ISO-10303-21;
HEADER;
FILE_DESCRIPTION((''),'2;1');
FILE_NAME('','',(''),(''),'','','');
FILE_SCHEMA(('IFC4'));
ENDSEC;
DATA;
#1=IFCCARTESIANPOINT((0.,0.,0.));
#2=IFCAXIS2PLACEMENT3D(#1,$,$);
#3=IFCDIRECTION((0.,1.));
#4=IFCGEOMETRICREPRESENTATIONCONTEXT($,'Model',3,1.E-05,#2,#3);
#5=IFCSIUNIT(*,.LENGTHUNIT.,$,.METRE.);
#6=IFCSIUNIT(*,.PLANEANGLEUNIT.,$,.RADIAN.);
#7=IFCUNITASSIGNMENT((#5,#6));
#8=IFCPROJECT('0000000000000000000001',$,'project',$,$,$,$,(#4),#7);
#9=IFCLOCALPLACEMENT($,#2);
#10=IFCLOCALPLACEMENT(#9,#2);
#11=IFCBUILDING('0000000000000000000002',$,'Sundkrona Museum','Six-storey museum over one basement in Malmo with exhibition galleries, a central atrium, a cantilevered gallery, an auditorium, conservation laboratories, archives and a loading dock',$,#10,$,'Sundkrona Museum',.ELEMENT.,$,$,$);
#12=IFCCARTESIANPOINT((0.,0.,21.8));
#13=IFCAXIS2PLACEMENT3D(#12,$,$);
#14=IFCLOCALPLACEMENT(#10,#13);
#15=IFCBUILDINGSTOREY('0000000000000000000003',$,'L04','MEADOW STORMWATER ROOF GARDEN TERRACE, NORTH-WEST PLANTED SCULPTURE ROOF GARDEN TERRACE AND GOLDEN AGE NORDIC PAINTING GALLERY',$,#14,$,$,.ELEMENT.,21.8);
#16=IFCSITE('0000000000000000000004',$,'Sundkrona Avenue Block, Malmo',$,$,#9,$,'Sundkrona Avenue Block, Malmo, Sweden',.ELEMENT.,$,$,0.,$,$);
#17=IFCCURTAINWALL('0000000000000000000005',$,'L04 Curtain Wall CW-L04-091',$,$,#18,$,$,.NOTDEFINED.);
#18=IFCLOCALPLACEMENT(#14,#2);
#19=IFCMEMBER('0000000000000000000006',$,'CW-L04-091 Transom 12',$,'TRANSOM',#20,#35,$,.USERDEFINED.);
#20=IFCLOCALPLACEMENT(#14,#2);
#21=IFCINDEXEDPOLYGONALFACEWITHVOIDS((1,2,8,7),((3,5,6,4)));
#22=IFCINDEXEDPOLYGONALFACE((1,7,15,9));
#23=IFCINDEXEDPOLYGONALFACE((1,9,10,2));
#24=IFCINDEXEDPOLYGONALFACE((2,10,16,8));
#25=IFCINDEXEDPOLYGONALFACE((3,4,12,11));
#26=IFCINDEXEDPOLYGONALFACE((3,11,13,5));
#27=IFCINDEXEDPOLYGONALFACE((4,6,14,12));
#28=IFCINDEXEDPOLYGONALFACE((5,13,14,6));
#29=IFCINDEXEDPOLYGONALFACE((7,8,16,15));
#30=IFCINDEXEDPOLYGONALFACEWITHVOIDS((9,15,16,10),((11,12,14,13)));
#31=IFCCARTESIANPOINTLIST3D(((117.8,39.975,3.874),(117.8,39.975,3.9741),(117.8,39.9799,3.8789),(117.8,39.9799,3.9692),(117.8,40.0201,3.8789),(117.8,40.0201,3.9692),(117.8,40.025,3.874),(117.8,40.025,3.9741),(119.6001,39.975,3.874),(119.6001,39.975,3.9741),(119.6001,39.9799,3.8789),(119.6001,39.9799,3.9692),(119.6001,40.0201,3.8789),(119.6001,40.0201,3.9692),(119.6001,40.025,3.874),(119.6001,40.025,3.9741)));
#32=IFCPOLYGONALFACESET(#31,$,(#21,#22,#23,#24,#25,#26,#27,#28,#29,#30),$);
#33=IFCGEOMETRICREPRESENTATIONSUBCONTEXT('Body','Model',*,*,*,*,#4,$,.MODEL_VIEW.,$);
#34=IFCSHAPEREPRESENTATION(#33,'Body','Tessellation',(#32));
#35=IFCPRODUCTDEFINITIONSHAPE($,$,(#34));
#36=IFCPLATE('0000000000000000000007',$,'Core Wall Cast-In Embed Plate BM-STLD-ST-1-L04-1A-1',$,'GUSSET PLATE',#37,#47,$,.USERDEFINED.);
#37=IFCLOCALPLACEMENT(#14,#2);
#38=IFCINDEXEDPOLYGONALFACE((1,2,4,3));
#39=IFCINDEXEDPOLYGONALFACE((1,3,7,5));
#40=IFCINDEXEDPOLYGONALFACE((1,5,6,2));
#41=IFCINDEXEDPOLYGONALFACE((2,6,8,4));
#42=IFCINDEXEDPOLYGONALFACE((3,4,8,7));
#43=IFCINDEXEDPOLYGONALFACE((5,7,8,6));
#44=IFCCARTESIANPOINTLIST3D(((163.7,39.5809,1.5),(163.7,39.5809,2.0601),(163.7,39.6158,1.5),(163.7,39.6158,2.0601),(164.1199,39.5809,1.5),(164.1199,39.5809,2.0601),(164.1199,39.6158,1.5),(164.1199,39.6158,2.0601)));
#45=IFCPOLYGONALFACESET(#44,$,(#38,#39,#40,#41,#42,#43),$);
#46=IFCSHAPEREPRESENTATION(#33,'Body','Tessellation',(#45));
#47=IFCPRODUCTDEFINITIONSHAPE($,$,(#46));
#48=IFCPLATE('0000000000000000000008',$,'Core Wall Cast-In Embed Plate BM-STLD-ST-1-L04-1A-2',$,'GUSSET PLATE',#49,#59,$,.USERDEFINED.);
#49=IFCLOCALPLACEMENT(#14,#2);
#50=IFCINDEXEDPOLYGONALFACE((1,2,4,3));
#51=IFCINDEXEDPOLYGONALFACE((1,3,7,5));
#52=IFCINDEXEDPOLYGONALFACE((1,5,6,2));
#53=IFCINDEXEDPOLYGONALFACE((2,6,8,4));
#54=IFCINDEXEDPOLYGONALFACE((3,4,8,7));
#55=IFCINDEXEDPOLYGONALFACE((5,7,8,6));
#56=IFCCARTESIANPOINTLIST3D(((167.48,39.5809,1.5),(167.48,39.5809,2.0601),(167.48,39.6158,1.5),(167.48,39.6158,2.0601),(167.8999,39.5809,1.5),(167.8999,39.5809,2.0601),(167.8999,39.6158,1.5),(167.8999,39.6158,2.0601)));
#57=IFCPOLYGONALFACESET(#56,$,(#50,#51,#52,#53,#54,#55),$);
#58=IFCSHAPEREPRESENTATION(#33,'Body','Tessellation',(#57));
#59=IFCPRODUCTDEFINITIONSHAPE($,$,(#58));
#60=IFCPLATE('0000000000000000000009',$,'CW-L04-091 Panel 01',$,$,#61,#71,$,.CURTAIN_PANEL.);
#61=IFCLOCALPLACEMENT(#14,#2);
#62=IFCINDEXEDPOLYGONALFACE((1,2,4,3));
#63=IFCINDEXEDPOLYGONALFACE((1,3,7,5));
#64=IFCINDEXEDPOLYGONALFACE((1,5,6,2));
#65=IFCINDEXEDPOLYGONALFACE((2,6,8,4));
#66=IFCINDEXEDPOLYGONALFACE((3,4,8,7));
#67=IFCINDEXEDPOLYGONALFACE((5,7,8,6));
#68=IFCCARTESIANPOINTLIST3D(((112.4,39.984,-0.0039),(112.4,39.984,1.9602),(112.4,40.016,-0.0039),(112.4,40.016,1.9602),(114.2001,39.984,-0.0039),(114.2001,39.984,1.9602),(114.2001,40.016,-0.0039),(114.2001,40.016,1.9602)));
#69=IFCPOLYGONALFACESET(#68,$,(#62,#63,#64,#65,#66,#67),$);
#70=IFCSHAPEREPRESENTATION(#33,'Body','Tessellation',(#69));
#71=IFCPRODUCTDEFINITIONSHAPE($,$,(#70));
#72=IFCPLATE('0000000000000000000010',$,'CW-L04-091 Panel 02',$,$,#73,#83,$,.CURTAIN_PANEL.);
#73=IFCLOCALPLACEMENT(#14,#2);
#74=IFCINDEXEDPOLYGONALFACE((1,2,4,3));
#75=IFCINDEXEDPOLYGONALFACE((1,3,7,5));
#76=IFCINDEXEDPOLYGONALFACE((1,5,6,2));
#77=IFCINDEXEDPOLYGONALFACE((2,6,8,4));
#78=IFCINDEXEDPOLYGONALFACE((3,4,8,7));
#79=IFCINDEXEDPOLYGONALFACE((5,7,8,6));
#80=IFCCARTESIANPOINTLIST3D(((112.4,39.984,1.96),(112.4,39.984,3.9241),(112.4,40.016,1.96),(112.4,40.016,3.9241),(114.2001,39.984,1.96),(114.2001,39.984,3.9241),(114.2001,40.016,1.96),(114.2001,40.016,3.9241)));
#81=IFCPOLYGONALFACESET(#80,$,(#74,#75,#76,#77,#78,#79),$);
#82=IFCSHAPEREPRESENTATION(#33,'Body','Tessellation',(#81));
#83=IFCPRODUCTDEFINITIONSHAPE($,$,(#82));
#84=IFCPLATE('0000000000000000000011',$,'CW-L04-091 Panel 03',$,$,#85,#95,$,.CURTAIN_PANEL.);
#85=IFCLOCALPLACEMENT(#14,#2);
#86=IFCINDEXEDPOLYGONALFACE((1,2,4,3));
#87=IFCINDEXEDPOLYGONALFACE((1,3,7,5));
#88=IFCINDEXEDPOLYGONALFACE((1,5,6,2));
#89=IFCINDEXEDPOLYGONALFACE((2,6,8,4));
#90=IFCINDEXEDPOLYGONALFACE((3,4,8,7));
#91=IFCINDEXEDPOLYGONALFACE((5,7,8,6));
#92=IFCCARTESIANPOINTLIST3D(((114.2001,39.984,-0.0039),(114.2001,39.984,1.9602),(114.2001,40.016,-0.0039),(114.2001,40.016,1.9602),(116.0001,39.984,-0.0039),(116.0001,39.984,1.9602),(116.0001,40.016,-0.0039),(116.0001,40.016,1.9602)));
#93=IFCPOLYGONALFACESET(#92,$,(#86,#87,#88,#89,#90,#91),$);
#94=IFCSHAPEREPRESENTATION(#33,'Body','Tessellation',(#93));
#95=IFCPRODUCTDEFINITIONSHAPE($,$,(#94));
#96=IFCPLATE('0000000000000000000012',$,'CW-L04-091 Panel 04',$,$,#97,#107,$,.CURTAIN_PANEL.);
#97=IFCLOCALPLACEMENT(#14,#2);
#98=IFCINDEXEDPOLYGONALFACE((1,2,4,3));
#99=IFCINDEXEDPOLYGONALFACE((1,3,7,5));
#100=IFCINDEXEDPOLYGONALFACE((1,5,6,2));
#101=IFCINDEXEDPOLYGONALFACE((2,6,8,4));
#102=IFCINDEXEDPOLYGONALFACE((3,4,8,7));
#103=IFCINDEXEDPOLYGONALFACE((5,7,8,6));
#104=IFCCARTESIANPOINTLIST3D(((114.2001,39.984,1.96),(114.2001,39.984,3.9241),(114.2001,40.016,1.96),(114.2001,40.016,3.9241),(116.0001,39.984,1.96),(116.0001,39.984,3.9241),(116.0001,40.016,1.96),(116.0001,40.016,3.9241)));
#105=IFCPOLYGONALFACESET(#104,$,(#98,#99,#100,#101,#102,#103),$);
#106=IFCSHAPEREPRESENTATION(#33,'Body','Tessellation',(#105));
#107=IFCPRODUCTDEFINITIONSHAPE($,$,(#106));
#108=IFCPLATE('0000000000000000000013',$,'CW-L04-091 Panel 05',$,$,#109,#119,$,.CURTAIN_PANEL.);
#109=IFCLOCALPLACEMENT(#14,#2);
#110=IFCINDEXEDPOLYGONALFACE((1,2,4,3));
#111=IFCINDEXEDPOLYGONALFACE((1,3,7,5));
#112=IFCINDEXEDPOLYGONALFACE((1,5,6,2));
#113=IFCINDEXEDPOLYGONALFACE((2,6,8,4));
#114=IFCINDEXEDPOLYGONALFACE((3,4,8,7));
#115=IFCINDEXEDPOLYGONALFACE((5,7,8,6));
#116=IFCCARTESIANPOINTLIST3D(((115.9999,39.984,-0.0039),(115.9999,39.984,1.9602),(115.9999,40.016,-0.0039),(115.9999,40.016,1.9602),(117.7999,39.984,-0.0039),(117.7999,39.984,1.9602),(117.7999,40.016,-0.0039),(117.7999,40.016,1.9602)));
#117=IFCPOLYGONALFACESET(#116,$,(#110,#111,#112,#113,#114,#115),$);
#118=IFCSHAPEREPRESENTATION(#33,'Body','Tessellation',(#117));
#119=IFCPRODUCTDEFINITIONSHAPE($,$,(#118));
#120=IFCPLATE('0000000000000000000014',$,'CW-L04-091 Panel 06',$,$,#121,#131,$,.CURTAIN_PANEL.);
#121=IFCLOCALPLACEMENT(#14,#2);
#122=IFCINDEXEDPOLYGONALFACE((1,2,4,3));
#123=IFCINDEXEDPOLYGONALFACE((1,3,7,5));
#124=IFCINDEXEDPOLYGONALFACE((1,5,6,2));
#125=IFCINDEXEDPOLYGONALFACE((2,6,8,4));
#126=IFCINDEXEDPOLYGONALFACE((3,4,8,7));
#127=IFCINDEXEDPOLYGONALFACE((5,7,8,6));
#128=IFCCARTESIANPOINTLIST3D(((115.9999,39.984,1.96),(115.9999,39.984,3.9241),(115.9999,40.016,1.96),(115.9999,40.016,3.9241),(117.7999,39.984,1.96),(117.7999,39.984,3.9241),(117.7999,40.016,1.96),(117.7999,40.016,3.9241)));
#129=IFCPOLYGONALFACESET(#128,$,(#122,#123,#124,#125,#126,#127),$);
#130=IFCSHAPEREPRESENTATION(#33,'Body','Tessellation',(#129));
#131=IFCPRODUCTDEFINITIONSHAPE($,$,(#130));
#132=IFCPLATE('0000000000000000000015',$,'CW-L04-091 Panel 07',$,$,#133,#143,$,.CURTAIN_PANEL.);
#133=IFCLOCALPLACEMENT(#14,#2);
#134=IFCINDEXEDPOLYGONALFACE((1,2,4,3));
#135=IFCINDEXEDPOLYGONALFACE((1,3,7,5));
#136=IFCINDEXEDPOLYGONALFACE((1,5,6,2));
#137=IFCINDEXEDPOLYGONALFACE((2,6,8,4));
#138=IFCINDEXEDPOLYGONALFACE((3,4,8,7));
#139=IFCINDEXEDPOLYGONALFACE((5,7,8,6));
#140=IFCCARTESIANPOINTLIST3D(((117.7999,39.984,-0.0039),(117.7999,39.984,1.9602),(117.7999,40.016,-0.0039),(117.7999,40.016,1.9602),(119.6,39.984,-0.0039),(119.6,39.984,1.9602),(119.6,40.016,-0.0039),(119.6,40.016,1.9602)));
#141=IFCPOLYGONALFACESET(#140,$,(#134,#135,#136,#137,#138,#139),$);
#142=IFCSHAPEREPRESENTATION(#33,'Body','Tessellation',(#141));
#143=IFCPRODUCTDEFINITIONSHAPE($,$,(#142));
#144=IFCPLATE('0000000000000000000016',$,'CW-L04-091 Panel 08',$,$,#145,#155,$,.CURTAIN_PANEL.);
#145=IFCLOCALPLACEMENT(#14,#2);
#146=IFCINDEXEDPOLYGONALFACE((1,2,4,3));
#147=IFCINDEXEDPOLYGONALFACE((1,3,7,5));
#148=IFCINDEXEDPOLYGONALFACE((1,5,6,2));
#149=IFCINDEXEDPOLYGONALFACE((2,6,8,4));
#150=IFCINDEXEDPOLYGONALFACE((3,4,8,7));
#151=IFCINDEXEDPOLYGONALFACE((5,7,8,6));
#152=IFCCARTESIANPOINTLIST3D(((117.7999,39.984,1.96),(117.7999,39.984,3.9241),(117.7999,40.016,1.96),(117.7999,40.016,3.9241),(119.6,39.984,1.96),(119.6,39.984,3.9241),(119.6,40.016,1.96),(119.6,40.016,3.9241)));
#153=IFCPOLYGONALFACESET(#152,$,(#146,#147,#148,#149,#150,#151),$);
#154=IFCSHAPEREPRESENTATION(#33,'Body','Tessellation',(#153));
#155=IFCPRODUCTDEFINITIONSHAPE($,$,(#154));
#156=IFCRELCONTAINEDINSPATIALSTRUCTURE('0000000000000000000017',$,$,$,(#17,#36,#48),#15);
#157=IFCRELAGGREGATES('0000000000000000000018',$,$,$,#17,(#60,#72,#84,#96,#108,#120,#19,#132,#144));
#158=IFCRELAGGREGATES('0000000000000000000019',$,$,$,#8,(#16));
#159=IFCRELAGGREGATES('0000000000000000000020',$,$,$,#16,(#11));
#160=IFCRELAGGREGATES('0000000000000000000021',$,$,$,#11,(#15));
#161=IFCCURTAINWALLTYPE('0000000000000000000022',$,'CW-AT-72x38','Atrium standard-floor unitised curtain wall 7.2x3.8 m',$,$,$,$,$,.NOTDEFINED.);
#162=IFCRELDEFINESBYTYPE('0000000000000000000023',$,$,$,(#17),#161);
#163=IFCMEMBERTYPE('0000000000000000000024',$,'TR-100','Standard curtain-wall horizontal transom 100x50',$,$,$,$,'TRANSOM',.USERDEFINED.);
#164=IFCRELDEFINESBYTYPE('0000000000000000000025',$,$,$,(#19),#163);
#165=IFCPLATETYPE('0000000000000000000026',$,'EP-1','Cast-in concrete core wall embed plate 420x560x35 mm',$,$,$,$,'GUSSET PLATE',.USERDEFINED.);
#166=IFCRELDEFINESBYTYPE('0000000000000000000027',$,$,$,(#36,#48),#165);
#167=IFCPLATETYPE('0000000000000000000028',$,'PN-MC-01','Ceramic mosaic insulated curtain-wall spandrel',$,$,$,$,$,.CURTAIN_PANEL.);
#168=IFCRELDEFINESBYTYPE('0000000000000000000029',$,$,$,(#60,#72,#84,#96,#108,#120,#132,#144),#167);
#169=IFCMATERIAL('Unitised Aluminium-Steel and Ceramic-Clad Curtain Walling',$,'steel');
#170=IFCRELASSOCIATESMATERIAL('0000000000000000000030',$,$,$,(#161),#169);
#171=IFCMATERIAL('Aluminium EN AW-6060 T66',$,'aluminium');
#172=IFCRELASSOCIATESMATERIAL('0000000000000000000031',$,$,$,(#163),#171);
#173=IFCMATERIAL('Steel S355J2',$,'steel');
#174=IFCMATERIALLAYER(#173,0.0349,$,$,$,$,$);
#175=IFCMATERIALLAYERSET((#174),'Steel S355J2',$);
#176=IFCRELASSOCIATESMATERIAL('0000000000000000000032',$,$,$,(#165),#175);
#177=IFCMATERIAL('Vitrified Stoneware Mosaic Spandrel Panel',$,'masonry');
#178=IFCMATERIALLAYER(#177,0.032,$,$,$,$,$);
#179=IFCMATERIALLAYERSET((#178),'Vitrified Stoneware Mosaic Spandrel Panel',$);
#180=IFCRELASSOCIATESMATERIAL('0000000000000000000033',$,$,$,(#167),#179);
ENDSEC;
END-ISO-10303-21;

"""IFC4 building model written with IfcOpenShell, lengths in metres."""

from ifc_helpers import new_model, si_unit, direction, frame, origin, origin_2d, place, context, subcontext, project, spatial, rectangle, hollow_rectangle, extrude, material, layer, layer_set, material_profile, profile_set, type_object, element, aggregate, save


model = new_model("IFC4")

# Units and contexts
model_context = context("Model", 3, precision=1e-05, world=origin(), true_north=direction((0.0, 1.0)))
body_context = subcontext(model_context, "Body", "Model", "MODEL_VIEW")
ifc_project = project(units=[si_unit("LENGTHUNIT", "METRE"), si_unit("PLANEANGLEUNIT", "RADIAN")], contexts=[model_context])

# Site, building, storey
site_placement = place(None, origin())
site = spatial("IfcSite", under=ifc_project, at=site_placement, Name="Sundkrona Avenue Block, Malmo", LongName="Sundkrona Avenue Block, Malmo, Sweden", CompositionType="ELEMENT", RefElevation=0.0)
building_placement = place(site_placement, origin())
building = spatial("IfcBuilding", under=site, at=building_placement, Name="Sundkrona Museum", Description="Six-storey museum over one basement in Malmo with exhibition galleries, a central atrium, a cantilevered gallery, an auditorium, conservation laboratories, archives and a loading dock", LongName="Sundkrona Museum", CompositionType="ELEMENT")
storey_placement = place(building_placement, frame((0.0, 0.0, 21.8)))
storey = spatial("IfcBuildingStorey", under=building, at=storey_placement, Name="L04", Description="MEADOW STORMWATER ROOF GARDEN TERRACE, NORTH-WEST PLANTED SCULPTURE ROOF GARDEN TERRACE AND GOLDEN AGE NORDIC PAINTING GALLERY", CompositionType="ELEMENT", Elevation=21.8)

# Shared definitions
ifc_material_1 = material(Name="Steel S355J2", Category="steel")

# Curtain wall
ifc_material_2 = material(Name="Unitised Aluminium-Steel and Ceramic-Clad Curtain Walling", Category="steel")
curtain_wall_type = type_object("IfcCurtainWallType", Name="CW-AT-72x38", Description="Atrium standard-floor unitised curtain wall 7.2x3.8 m", PredefinedType="NOTDEFINED", material=ifc_material_2)
curtain_wall_placement = place(storey_placement, origin())
curtain_wall = element("IfcCurtainWall", 1, at=curtain_wall_placement, inside=storey, type_object=curtain_wall_type, Name="L04 Curtain Wall CW-L04-091", PredefinedType="NOTDEFINED")
ifc_material_3 = material(Name="Aluminium EN AW-6060 T66", Category="aluminium")

# Member
ifc_material_profile_1 = material_profile(ifc_material_3, hollow_rectangle(XDim=0.05, YDim=0.1001, WallThickness=0.0049, at=origin_2d()), Name="RHS 100x50x5.0")
ifc_profile_set_1 = profile_set([ifc_material_profile_1], Name="Aluminium EN AW-6060 T66")
member_type_1 = type_object("IfcMemberType", Name="TR-100", Description="Standard curtain-wall horizontal transom 100x50", ElementType="TRANSOM", PredefinedType="USERDEFINED", material=ifc_profile_set_1)
member_1_placement = place(storey_placement, frame((117.8, 40.0, 3.9241), z_axis=(1.0, 0.0, 0.0), x_axis=(0.0, 1.0, 0.0)))
member_1 = element("IfcMember", 2, at=member_1_placement, type_object=member_type_1, Name="CW-L04-091 Transom 12", ObjectType="TRANSOM", PredefinedType="USERDEFINED", context=body_context, shape_type="SweptSolid", body=[
    extrude(hollow_rectangle(XDim=0.05, YDim=0.1001, WallThickness=0.0049, at=origin_2d()), origin(), (0.0, 0.0, 1.0), 1.8),
])

# Plates
ifc_layer_1 = layer(ifc_material_1, 0.0349)
ifc_layer_set_1 = layer_set([ifc_layer_1], Name="Steel S355J2")
plate_type_1 = type_object("IfcPlateType", Name="EP-1", Description="Cast-in concrete core wall embed plate 420x560x35 mm", ElementType="GUSSET PLATE", PredefinedType="USERDEFINED", material=ifc_layer_set_1)
for number, where, z_axis, x_axis, name in (
    (3, (163.9099, 39.5984, 1.5), (0.0, 0.0, 1.0), (1.0, 0.0, 0.0), "Core Wall Cast-In Embed Plate BM-STLD-ST-1-L04-1A-1"),
    (4, (167.6899, 39.5984, 1.5), (0.0, 0.0, 1.0), (1.0, 0.0, 0.0), "Core Wall Cast-In Embed Plate BM-STLD-ST-1-L04-1A-2"),
):
    element("IfcPlate", number, at=place(storey_placement, frame(where, z_axis=z_axis, x_axis=x_axis)), inside=storey, type_object=plate_type_1, Name=name, ObjectType="GUSSET PLATE", PredefinedType="USERDEFINED", context=body_context, shape_type="SweptSolid", body=[
        extrude(rectangle(XDim=0.4199, YDim=0.0349, at=origin_2d()), origin(), (0.0, 0.0, 1.0), 0.5601),
    ])

# Plates
ifc_material_4 = material(Name="Vitrified Stoneware Mosaic Spandrel Panel", Category="masonry")
ifc_layer_2 = layer(ifc_material_4, 0.032)
ifc_layer_set_2 = layer_set([ifc_layer_2], Name="Vitrified Stoneware Mosaic Spandrel Panel")
plate_type_2 = type_object("IfcPlateType", Name="PN-MC-01", Description="Ceramic mosaic insulated curtain-wall spandrel", PredefinedType="CURTAIN_PANEL", material=ifc_layer_set_2)
plate_1_placement = place(storey_placement, frame((113.3, 40.0, -0.0039), z_axis=(0.0, 0.0, 1.0), x_axis=(1.0, 0.0, 0.0)))
plate_1 = element("IfcPlate", 5, at=plate_1_placement, type_object=plate_type_2, Name="CW-L04-091 Panel 01", PredefinedType="CURTAIN_PANEL", context=body_context, shape_type="SweptSolid", body=[
    extrude(rectangle(XDim=1.8, YDim=0.032, at=origin_2d()), origin(), (0.0, 0.0, 1.0), 1.9641),
])
plate_2_placement = place(storey_placement, frame((113.3, 40.0, 1.96), z_axis=(0.0, 0.0, 1.0), x_axis=(1.0, 0.0, 0.0)))
plate_2 = element("IfcPlate", 6, at=plate_2_placement, type_object=plate_type_2, Name="CW-L04-091 Panel 02", PredefinedType="CURTAIN_PANEL", context=body_context, shape_type="SweptSolid", body=[
    extrude(rectangle(XDim=1.8, YDim=0.032, at=origin_2d()), origin(), (0.0, 0.0, 1.0), 1.9641),
])
plate_3_placement = place(storey_placement, frame((115.1001, 40.0, -0.0039), z_axis=(0.0, 0.0, 1.0), x_axis=(1.0, 0.0, 0.0)))
plate_3 = element("IfcPlate", 7, at=plate_3_placement, type_object=plate_type_2, Name="CW-L04-091 Panel 03", PredefinedType="CURTAIN_PANEL", context=body_context, shape_type="SweptSolid", body=[
    extrude(rectangle(XDim=1.8, YDim=0.032, at=origin_2d()), origin(), (0.0, 0.0, 1.0), 1.9641),
])
plate_4_placement = place(storey_placement, frame((115.1001, 40.0, 1.96), z_axis=(0.0, 0.0, 1.0), x_axis=(1.0, 0.0, 0.0)))
plate_4 = element("IfcPlate", 8, at=plate_4_placement, type_object=plate_type_2, Name="CW-L04-091 Panel 04", PredefinedType="CURTAIN_PANEL", context=body_context, shape_type="SweptSolid", body=[
    extrude(rectangle(XDim=1.8, YDim=0.032, at=origin_2d()), origin(), (0.0, 0.0, 1.0), 1.9641),
])
plate_5_placement = place(storey_placement, frame((116.8999, 40.0, -0.0039), z_axis=(0.0, 0.0, 1.0), x_axis=(1.0, 0.0, 0.0)))
plate_5 = element("IfcPlate", 9, at=plate_5_placement, type_object=plate_type_2, Name="CW-L04-091 Panel 05", PredefinedType="CURTAIN_PANEL", context=body_context, shape_type="SweptSolid", body=[
    extrude(rectangle(XDim=1.8, YDim=0.032, at=origin_2d()), origin(), (0.0, 0.0, 1.0), 1.9641),
])
plate_6_placement = place(storey_placement, frame((116.8999, 40.0, 1.96), z_axis=(0.0, 0.0, 1.0), x_axis=(1.0, 0.0, 0.0)))
plate_6 = element("IfcPlate", 10, at=plate_6_placement, type_object=plate_type_2, Name="CW-L04-091 Panel 06", PredefinedType="CURTAIN_PANEL", context=body_context, shape_type="SweptSolid", body=[
    extrude(rectangle(XDim=1.8, YDim=0.032, at=origin_2d()), origin(), (0.0, 0.0, 1.0), 1.9641),
])
plate_7_placement = place(storey_placement, frame((118.7, 40.0, -0.0039), z_axis=(0.0, 0.0, 1.0), x_axis=(1.0, 0.0, 0.0)))
plate_7 = element("IfcPlate", 11, at=plate_7_placement, type_object=plate_type_2, Name="CW-L04-091 Panel 07", PredefinedType="CURTAIN_PANEL", context=body_context, shape_type="SweptSolid", body=[
    extrude(rectangle(XDim=1.8, YDim=0.032, at=origin_2d()), origin(), (0.0, 0.0, 1.0), 1.9641),
])
plate_8_placement = place(storey_placement, frame((118.7, 40.0, 1.96), z_axis=(0.0, 0.0, 1.0), x_axis=(1.0, 0.0, 0.0)))
plate_8 = element("IfcPlate", 12, at=plate_8_placement, type_object=plate_type_2, Name="CW-L04-091 Panel 08", PredefinedType="CURTAIN_PANEL", context=body_context, shape_type="SweptSolid", body=[
    extrude(rectangle(XDim=1.8, YDim=0.032, at=origin_2d()), origin(), (0.0, 0.0, 1.0), 1.9641),
])
aggregate(curtain_wall, [plate_1, plate_2, plate_3, plate_4, plate_5, plate_6, member_1, plate_7, plate_8])

save(model, "model.ifc")
